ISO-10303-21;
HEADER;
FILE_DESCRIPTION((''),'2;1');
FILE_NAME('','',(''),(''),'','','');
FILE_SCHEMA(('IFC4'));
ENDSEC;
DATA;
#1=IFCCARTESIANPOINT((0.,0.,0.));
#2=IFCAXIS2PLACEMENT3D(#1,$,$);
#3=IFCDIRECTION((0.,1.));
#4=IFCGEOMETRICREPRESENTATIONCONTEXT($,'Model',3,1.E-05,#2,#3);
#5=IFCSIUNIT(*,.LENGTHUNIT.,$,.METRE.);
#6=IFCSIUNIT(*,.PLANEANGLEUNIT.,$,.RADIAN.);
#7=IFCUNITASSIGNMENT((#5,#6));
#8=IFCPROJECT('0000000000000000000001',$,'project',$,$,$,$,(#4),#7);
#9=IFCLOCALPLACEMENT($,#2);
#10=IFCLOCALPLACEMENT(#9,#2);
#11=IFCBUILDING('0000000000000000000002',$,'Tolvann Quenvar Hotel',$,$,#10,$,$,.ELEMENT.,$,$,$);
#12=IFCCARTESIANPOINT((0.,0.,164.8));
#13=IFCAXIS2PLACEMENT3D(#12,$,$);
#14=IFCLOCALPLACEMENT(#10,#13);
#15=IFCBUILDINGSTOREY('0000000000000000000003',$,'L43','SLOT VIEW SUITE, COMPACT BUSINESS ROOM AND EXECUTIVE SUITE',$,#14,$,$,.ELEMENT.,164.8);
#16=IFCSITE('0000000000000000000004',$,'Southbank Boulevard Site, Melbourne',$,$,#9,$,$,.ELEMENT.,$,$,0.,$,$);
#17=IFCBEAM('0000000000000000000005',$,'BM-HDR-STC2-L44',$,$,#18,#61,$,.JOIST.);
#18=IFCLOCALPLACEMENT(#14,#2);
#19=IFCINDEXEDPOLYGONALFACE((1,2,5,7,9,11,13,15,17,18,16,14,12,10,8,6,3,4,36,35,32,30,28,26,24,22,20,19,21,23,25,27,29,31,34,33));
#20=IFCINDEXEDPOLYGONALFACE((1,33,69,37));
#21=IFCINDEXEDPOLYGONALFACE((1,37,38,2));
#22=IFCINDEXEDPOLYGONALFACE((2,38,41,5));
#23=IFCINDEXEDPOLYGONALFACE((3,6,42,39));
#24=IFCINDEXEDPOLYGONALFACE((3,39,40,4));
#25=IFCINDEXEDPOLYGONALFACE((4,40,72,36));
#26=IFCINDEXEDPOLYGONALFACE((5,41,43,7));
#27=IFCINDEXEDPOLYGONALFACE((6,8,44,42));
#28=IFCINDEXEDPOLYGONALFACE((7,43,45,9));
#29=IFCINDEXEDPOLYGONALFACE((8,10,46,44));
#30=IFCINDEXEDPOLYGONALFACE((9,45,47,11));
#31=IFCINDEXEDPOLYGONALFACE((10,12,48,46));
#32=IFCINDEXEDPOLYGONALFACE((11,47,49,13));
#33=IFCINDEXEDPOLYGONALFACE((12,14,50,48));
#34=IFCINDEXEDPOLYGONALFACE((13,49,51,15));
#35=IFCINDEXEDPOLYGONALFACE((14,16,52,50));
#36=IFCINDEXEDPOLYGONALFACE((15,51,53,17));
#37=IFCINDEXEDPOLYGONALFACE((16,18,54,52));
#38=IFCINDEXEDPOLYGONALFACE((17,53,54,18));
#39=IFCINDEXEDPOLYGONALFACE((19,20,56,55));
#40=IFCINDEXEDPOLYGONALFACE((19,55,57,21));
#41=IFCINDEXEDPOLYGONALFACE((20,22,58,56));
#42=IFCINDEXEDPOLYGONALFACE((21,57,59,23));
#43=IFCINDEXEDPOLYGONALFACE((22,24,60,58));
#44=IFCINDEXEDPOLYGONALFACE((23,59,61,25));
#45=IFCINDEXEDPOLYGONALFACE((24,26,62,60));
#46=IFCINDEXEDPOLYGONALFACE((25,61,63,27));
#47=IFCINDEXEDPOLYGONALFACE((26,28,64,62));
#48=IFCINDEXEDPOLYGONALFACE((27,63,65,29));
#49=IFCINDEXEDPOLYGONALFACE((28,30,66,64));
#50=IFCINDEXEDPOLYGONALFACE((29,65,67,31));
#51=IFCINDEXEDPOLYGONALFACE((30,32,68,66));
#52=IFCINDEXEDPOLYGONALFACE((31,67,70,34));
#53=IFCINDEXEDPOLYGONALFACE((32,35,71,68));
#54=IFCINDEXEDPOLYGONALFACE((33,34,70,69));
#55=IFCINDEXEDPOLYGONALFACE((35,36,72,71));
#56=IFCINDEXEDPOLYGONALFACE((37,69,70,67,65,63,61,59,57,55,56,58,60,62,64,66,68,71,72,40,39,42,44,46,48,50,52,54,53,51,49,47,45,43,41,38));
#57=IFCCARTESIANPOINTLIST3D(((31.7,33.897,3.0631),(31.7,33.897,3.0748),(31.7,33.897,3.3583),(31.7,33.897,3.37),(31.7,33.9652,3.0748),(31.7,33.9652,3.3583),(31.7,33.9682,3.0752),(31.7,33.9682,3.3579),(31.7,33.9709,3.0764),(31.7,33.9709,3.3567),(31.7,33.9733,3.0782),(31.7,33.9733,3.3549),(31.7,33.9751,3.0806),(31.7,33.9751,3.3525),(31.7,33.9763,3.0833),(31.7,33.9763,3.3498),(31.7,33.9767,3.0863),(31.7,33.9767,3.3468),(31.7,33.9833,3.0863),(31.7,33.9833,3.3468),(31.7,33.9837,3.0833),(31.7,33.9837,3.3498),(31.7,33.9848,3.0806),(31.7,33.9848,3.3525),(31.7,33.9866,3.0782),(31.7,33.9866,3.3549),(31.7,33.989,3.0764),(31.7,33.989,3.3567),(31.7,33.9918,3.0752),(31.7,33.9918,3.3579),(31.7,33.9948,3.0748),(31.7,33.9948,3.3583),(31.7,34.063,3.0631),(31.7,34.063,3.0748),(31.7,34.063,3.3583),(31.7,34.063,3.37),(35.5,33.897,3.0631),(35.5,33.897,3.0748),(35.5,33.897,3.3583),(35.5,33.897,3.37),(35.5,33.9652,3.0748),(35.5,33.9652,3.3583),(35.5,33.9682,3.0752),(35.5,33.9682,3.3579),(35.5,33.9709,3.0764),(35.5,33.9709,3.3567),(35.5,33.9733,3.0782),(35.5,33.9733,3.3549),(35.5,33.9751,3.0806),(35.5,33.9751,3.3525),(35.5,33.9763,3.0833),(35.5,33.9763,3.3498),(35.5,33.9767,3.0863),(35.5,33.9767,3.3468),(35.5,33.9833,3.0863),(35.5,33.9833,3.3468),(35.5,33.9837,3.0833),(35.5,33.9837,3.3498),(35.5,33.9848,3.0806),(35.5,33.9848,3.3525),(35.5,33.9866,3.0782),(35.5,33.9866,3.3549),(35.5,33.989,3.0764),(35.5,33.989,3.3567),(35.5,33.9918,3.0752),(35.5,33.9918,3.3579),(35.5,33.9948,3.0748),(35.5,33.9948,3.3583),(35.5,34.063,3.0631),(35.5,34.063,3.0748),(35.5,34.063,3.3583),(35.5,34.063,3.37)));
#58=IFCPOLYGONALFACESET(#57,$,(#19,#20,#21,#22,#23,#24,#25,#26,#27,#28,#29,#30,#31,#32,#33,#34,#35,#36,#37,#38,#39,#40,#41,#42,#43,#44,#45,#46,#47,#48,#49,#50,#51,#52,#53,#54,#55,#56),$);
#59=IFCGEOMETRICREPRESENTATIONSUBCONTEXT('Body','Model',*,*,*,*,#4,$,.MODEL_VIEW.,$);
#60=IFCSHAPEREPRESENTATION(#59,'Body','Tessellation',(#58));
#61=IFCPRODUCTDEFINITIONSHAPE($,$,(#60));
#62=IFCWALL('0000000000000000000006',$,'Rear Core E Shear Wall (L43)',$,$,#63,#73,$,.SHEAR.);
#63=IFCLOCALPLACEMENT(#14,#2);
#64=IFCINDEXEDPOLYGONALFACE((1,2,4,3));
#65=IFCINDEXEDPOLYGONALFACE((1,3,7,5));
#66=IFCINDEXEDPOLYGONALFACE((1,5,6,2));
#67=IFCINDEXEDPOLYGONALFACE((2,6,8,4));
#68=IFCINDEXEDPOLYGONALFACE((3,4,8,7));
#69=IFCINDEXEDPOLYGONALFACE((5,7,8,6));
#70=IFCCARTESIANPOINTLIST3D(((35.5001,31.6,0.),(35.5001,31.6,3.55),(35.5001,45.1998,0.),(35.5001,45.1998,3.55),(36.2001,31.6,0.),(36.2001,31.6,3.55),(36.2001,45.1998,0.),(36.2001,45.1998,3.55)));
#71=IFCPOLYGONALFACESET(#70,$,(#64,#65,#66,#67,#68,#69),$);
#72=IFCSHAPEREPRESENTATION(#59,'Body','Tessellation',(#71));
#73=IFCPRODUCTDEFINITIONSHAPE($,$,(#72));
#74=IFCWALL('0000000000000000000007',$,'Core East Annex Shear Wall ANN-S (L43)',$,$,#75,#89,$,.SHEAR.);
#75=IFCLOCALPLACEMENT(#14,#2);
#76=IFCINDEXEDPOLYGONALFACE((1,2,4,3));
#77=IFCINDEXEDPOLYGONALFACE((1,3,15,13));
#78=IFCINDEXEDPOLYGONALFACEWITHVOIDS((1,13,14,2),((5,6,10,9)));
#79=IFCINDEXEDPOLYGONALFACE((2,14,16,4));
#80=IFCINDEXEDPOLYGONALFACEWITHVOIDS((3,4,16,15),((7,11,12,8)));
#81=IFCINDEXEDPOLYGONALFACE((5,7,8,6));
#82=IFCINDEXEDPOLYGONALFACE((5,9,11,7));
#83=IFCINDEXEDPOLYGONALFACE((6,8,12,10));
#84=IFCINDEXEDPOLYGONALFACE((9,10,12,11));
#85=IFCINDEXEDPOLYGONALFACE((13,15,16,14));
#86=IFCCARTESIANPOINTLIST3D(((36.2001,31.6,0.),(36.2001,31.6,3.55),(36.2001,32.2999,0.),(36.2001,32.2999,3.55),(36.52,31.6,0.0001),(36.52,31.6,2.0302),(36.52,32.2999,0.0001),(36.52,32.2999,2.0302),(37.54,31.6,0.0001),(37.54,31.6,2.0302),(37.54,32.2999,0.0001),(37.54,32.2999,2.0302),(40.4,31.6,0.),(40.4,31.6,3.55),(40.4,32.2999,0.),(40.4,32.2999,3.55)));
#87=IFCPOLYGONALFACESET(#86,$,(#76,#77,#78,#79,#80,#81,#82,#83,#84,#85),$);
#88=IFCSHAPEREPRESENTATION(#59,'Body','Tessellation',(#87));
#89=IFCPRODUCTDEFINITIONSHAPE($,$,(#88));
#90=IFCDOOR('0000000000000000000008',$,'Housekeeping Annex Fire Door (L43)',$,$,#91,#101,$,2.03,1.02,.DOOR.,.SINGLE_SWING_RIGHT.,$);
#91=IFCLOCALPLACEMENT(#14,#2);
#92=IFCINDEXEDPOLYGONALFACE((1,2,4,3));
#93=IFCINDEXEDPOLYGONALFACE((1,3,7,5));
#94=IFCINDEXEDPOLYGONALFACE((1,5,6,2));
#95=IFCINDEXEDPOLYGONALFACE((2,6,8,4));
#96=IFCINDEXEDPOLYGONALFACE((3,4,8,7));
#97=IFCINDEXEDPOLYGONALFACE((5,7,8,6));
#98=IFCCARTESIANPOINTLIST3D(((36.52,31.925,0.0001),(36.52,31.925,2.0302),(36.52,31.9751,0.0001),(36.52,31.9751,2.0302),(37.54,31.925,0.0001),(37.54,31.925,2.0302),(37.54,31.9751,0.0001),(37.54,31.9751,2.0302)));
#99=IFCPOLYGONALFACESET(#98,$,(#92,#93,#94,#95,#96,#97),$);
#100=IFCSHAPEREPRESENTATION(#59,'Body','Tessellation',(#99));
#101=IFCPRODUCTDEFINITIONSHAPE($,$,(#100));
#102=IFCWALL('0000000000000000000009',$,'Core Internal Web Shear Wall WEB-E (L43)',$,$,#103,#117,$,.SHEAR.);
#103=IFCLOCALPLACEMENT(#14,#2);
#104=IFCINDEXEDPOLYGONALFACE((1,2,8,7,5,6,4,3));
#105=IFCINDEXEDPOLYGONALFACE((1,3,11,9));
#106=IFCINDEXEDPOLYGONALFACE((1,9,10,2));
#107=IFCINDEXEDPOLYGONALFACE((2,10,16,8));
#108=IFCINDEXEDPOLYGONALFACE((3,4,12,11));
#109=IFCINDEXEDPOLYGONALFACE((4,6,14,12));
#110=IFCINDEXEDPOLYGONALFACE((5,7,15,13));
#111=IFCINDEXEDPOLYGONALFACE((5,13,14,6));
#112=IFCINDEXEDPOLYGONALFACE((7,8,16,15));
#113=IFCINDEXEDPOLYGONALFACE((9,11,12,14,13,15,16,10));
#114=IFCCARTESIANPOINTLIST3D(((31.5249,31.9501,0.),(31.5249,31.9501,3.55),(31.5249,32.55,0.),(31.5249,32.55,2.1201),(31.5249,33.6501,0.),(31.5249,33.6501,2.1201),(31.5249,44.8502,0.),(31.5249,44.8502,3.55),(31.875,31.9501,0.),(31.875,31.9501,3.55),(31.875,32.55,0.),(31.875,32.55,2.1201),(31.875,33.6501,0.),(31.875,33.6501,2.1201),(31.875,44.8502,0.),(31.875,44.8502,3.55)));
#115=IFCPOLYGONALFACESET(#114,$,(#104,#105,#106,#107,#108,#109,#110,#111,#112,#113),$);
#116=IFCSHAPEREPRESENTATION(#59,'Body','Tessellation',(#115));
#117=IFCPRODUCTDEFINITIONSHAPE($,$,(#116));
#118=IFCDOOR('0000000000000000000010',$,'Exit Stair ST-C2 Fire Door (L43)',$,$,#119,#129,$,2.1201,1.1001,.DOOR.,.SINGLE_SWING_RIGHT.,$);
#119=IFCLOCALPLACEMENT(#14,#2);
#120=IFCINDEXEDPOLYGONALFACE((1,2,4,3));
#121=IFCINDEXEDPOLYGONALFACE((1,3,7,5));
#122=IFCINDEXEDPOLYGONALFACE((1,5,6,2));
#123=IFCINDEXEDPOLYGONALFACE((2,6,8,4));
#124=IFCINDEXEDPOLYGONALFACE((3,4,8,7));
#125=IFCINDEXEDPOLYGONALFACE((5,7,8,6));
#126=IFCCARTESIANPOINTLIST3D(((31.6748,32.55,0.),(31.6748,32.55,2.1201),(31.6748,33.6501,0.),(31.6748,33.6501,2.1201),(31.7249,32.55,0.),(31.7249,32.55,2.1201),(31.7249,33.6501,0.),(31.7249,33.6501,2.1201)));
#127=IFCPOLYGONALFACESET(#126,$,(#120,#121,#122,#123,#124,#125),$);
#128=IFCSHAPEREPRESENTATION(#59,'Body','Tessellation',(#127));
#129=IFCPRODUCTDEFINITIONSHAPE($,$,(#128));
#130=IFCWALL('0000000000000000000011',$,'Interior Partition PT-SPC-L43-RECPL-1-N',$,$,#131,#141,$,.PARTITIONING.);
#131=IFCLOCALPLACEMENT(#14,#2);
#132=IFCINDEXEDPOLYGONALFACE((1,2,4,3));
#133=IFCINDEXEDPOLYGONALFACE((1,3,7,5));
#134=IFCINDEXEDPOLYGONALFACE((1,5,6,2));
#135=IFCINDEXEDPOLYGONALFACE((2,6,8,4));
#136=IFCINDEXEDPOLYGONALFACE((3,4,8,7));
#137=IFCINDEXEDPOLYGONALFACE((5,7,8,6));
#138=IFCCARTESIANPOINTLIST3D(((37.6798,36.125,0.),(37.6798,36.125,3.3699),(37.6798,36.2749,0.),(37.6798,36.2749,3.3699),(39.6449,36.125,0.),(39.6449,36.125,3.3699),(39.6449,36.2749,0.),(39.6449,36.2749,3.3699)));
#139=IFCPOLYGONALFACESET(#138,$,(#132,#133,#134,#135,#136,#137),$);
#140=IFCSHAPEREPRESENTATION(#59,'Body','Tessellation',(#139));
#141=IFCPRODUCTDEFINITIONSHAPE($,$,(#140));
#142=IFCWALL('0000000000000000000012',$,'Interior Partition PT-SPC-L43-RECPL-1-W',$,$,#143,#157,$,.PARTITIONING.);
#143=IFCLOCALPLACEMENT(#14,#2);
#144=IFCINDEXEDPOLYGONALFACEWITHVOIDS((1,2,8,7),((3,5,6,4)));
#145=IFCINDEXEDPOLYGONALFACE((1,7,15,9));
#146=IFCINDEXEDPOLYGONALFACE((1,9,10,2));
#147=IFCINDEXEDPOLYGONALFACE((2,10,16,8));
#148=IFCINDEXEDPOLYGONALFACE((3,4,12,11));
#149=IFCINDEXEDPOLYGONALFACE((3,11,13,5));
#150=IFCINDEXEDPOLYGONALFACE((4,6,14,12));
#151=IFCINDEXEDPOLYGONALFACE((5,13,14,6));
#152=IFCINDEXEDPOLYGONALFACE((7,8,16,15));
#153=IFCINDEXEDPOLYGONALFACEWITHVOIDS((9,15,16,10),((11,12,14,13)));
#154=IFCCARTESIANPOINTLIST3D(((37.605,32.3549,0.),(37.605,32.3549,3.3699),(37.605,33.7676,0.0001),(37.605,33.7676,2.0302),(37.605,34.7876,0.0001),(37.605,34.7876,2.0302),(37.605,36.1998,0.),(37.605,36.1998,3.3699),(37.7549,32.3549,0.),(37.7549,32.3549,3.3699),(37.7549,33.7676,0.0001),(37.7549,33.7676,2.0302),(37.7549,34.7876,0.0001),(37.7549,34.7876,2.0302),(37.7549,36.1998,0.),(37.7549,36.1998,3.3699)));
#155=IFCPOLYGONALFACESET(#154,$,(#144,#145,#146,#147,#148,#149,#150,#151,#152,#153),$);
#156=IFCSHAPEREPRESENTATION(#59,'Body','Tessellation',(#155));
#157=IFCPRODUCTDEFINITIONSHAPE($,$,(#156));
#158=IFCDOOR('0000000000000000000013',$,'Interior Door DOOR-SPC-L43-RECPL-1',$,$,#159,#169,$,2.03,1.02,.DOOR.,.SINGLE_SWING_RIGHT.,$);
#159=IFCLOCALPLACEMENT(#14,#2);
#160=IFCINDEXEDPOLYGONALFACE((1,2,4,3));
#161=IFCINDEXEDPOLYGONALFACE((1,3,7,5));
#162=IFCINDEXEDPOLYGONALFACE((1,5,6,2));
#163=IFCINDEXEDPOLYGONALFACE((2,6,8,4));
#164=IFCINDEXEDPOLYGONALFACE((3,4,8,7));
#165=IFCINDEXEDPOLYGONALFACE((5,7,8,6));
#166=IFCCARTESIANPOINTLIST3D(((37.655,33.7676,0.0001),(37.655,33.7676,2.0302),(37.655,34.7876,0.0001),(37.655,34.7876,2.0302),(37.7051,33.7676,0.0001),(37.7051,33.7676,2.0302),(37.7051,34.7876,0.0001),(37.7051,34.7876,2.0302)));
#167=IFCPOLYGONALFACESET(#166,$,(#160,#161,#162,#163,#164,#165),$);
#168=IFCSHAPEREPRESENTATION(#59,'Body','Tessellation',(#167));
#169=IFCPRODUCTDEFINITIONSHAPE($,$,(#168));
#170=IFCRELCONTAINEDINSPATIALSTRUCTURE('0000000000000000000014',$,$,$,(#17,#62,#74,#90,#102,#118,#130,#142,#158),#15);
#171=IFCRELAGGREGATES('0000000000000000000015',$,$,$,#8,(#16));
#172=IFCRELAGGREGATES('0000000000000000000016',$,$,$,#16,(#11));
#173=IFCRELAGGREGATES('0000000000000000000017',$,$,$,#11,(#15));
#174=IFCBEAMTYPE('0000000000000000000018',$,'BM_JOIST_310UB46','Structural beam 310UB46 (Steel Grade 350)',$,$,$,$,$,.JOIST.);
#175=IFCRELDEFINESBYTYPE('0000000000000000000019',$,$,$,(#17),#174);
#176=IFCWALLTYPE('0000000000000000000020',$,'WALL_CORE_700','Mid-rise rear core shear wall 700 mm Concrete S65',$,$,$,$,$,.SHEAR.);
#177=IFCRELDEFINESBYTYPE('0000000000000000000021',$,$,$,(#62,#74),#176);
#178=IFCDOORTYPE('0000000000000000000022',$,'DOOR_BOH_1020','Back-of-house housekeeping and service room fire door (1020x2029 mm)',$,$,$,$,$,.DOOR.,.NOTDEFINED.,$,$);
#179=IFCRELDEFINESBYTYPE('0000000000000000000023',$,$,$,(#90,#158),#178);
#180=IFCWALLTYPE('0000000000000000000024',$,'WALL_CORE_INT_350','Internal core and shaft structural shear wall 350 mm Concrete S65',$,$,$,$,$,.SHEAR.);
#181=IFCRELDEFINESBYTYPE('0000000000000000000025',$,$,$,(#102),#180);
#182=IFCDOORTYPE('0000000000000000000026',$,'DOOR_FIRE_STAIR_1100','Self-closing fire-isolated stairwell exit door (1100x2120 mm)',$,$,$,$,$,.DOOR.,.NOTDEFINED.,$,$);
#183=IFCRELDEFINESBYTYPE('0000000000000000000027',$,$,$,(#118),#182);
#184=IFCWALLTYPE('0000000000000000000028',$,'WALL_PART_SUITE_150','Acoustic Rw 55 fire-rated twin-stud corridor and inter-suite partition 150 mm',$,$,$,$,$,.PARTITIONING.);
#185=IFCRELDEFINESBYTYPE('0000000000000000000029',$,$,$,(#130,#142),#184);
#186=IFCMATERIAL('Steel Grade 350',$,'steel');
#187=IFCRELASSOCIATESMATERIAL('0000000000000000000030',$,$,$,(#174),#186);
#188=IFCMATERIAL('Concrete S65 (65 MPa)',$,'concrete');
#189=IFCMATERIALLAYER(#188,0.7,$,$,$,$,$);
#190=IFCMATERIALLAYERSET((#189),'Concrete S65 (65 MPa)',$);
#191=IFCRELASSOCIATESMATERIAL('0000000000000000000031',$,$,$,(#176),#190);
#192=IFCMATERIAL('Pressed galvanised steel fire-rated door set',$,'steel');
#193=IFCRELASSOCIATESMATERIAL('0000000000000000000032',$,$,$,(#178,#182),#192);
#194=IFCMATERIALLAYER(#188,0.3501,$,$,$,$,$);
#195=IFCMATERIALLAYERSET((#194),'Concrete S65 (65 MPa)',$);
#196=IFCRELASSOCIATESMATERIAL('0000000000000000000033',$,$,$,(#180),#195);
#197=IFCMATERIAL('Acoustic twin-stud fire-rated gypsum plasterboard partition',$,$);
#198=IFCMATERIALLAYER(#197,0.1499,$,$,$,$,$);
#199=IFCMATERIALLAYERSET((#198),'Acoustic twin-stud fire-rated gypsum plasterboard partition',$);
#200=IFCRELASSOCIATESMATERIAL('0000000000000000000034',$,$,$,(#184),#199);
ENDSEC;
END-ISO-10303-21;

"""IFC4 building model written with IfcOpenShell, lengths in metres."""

from ifc_helpers import new_model, si_unit, direction, frame, frame_2d, origin, origin_2d, place, context, subcontext, project, spatial, rectangle, i_section, extrude, source, transform, mapped, material, layer, layer_set, material_profile, profile_set, type_object, type_shapes, element, fill, save


model = new_model("IFC4")

# Units and contexts
model_context = context("Model", 3, precision=1e-05, world=origin(), true_north=direction((0.0, 1.0)))
body_context = subcontext(model_context, "Body", "Model", "MODEL_VIEW")
ifc_project = project(units=[si_unit("LENGTHUNIT", "METRE"), si_unit("PLANEANGLEUNIT", "RADIAN")], contexts=[model_context])

# Site, building, storey
site_placement = place(None, origin())
site = spatial("IfcSite", under=ifc_project, at=site_placement, Name="Southbank Boulevard Site, Melbourne", CompositionType="ELEMENT", RefElevation=0.0)
building_placement = place(site_placement, origin())
building = spatial("IfcBuilding", under=site, at=building_placement, Name="Tolvann Quenvar Hotel", CompositionType="ELEMENT")
storey_placement = place(building_placement, frame((0.0, 0.0, 164.8)))
storey = spatial("IfcBuildingStorey", under=building, at=storey_placement, Name="L43", Description="SLOT VIEW SUITE, COMPACT BUSINESS ROOM AND EXECUTIVE SUITE", CompositionType="ELEMENT", Elevation=164.8)

# Beam
ifc_material_1 = material(Name="Steel Grade 350", Category="steel")
ifc_material_profile = material_profile(ifc_material_1, i_section(OverallWidth=0.166, OverallDepth=0.3069, WebThickness=0.0066, FlangeThickness=0.0117, FilletRadius=0.0115, at=origin_2d()), Name="310UB46")
ifc_profile_set = profile_set([ifc_material_profile], Name="Steel Grade 350")
beam_type = type_object("IfcBeamType", Name="BM_JOIST_310UB46", Description="Structural beam 310UB46 (Steel Grade 350)", PredefinedType="JOIST", material=ifc_profile_set)
shared_shape_1 = source(origin(), body_context, "Body", "SweptSolid", [
    extrude(i_section(OverallWidth=0.166, OverallDepth=0.3069, WebThickness=0.0066, FlangeThickness=0.0117, FilletRadius=0.0115, at=origin_2d()), origin(), (0.0, 0.0, 1.0), 3.8),
])
type_shapes(beam_type, [shared_shape_1])
beam_placement = place(storey_placement, frame((31.7, 33.98, 3.2166), z_axis=(1.0, 0.0, 0.0), x_axis=(0.0, 1.0, 0.0)))
element("IfcBeam", 1, at=beam_placement, inside=storey, type_object=beam_type, Name="BM-HDR-STC2-L44", PredefinedType="JOIST", context=body_context, shape_type="MappedRepresentation", body=[
    mapped(shared_shape_1, transform((0.0, 0.0, 0.0), x_axis=(1.0, 0.0, 0.0), y_axis=(0.0, 1.0, 0.0), z_axis=(0.0, 0.0, 1.0), scale=1.0)),
])

# Wall
ifc_material_2 = material(Name="Concrete S65 (65 MPa)", Category="concrete")
ifc_layer_1 = layer(ifc_material_2, 0.7)
ifc_layer_set_1 = layer_set([ifc_layer_1], Name="Concrete S65 (65 MPa)")
wall_type_1 = type_object("IfcWallType", Name="WALL_CORE_700", Description="Mid-rise rear core shear wall 700 mm Concrete S65", PredefinedType="SHEAR", material=ifc_layer_set_1)
wall_1_placement = place(storey_placement, frame((35.8501, 31.6001, 0.0), z_axis=(0.0, 0.0, 1.0), x_axis=(0.0, 1.0, 0.0)))
element("IfcWall", 2, at=wall_1_placement, inside=storey, type_object=wall_type_1, Name="Rear Core E Shear Wall (L43)", PredefinedType="SHEAR", context=body_context, shape_type="SweptSolid", body=[
    extrude(rectangle(XDim=13.5999, YDim=0.7, at=frame_2d((6.7998, 0.0))), origin(), (0.0, 0.0, 1.0), 3.55),
])

# Walls, openings, doors
wall_2_placement = place(storey_placement, frame((36.2, 31.95, 0.0), z_axis=(0.0, 0.0, 1.0), x_axis=(1.0, 0.0, 0.0)))
wall_2 = element("IfcWall", 3, at=wall_2_placement, inside=storey, type_object=wall_type_1, Name="Core East Annex Shear Wall ANN-S (L43)", PredefinedType="SHEAR", context=body_context, shape_type="SweptSolid", body=[
    extrude(rectangle(XDim=4.2, YDim=0.7, at=frame_2d((2.1001, 0.0))), origin(), (0.0, 0.0, 1.0), 3.55),
])
opening_1_placement = place(wall_2_placement, frame((1.3401, 0.0, 0.0), z_axis=(0.0, 0.0, 1.0), x_axis=(-1.0, 0.0, 0.0)))
opening_1 = element("IfcOpeningElement", 4, at=opening_1_placement, cuts=wall_2, PredefinedType="OPENING", context=body_context, shape_type="SweptSolid", body=[
    extrude(rectangle(XDim=1.02, YDim=2.03, at=frame_2d((0.51, 1.0151))), frame((0.0, 0.3599, 0.0), z_axis=(0.0, -1.0, 0.0), x_axis=(1.0, 0.0, 0.0)), (0.0, 0.0, 1.0), 0.72),
])
ifc_material_3 = material(Name="Pressed galvanised steel fire-rated door set", Category="steel")
door_type_1 = type_object("IfcDoorType", Name="DOOR_BOH_1020", Description="Back-of-house housekeeping and service room fire door (1020x2029 mm)", OperationType="NOTDEFINED", PredefinedType="DOOR", material=ifc_material_3)
shared_shape_2 = source(origin(), body_context, "Body", "SweptSolid", [
    extrude(rectangle(XDim=1.02, YDim=2.03, at=frame_2d((0.51, 1.0151))), frame((0.0, 0.0249, 0.0), z_axis=(0.0, -1.0, 0.0), x_axis=(1.0, 0.0, 0.0)), (0.0, 0.0, 1.0), 0.05),
])
type_shapes(door_type_1, [shared_shape_2])
door_1_placement = place(opening_1_placement, origin())
door_1 = element("IfcDoor", 5, at=door_1_placement, inside=storey, type_object=door_type_1, Name="Housekeeping Annex Fire Door (L43)", OperationType="SINGLE_SWING_RIGHT", OverallHeight=2.03, OverallWidth=1.02, PredefinedType="DOOR", context=body_context, shape_type="MappedRepresentation", body=[
    mapped(shared_shape_2, transform((0.0, 0.0, 0.0), x_axis=(1.0, 0.0, 0.0), y_axis=(0.0, 1.0, 0.0), z_axis=(0.0, 0.0, 1.0), scale=1.0)),
])
fill(opening_1, door_1)
ifc_layer_2 = layer(ifc_material_2, 0.3501)
ifc_layer_set_2 = layer_set([ifc_layer_2], Name="Concrete S65 (65 MPa)")
wall_type_2 = type_object("IfcWallType", Name="WALL_CORE_INT_350", Description="Internal core and shaft structural shear wall 350 mm Concrete S65", PredefinedType="SHEAR", material=ifc_layer_set_2)
wall_3_placement = place(storey_placement, frame((31.7, 31.95, 0.0), z_axis=(0.0, 0.0, 1.0), x_axis=(0.0, 1.0, 0.0)))
wall_3 = element("IfcWall", 6, at=wall_3_placement, inside=storey, type_object=wall_type_2, Name="Core Internal Web Shear Wall WEB-E (L43)", PredefinedType="SHEAR", context=body_context, shape_type="SweptSolid", body=[
    extrude(rectangle(XDim=12.9001, YDim=0.3501, at=frame_2d((6.4502, 0.0))), origin(), (0.0, 0.0, 1.0), 3.55),
])
opening_2_placement = place(wall_3_placement, frame((1.7002, 0.0, 0.0), z_axis=(0.0, 0.0, 1.0), x_axis=(-1.0, 0.0, 0.0)))
opening_2 = element("IfcOpeningElement", 7, at=opening_2_placement, cuts=wall_3, PredefinedType="OPENING", context=body_context, shape_type="SweptSolid", body=[
    extrude(rectangle(XDim=1.1001, YDim=2.1201, at=frame_2d((0.55, 1.0601))), frame((0.0, 0.1851, 0.0), z_axis=(0.0, -1.0, 0.0), x_axis=(1.0, 0.0, 0.0)), (0.0, 0.0, 1.0), 0.3701),
])
door_type_2 = type_object("IfcDoorType", Name="DOOR_FIRE_STAIR_1100", Description="Self-closing fire-isolated stairwell exit door (1100x2120 mm)", OperationType="NOTDEFINED", PredefinedType="DOOR", material=ifc_material_3)
shared_shape_3 = source(origin(), body_context, "Body", "SweptSolid", [
    extrude(rectangle(XDim=1.1001, YDim=2.1201, at=frame_2d((0.55, 1.0601))), frame((0.0, 0.0249, 0.0), z_axis=(0.0, -1.0, 0.0), x_axis=(1.0, 0.0, 0.0)), (0.0, 0.0, 1.0), 0.05),
])
type_shapes(door_type_2, [shared_shape_3])
door_2_placement = place(opening_2_placement, origin())
door_2 = element("IfcDoor", 8, at=door_2_placement, inside=storey, type_object=door_type_2, Name="Exit Stair ST-C2 Fire Door (L43)", OperationType="SINGLE_SWING_RIGHT", OverallHeight=2.1201, OverallWidth=1.1001, PredefinedType="DOOR", context=body_context, shape_type="MappedRepresentation", body=[
    mapped(shared_shape_3, transform((0.0, 0.0, 0.0), x_axis=(1.0, 0.0, 0.0), y_axis=(0.0, 1.0, 0.0), z_axis=(0.0, 0.0, 1.0), scale=1.0)),
])
fill(opening_2, door_2)

# Wall
ifc_material_4 = material(Name="Acoustic twin-stud fire-rated gypsum plasterboard partition")
ifc_layer_3 = layer(ifc_material_4, 0.1499)
ifc_layer_set_3 = layer_set([ifc_layer_3], Name="Acoustic twin-stud fire-rated gypsum plasterboard partition")
wall_type_3 = type_object("IfcWallType", Name="WALL_PART_SUITE_150", Description="Acoustic Rw 55 fire-rated twin-stud corridor and inter-suite partition 150 mm", PredefinedType="PARTITIONING", material=ifc_layer_set_3)
wall_4_placement = place(storey_placement, frame((37.6799, 36.2, 0.0), z_axis=(0.0, 0.0, 1.0), x_axis=(1.0, 0.0, 0.0)))
element("IfcWall", 9, at=wall_4_placement, inside=storey, type_object=wall_type_3, Name="Interior Partition PT-SPC-L43-RECPL-1-N", PredefinedType="PARTITIONING", context=body_context, shape_type="SweptSolid", body=[
    extrude(rectangle(XDim=1.9651, YDim=0.1499, at=frame_2d((0.9824, 0.0))), origin(), (0.0, 0.0, 1.0), 3.3699),
])

# Wall, opening, door
wall_5_placement = place(storey_placement, frame((37.6799, 32.355, 0.0), z_axis=(0.0, 0.0, 1.0), x_axis=(0.0, 1.0, 0.0)))
wall_5 = element("IfcWall", 10, at=wall_5_placement, inside=storey, type_object=wall_type_3, Name="Interior Partition PT-SPC-L43-RECPL-1-W", PredefinedType="PARTITIONING", context=body_context, shape_type="SweptSolid", body=[
    extrude(rectangle(XDim=3.845, YDim=0.1499, at=frame_2d((1.9224, 0.0))), origin(), (0.0, 0.0, 1.0), 3.3699),
])
opening_3_placement = place(wall_5_placement, frame((1.4126, 0.0, 0.0)))
opening_3 = element("IfcOpeningElement", 11, at=opening_3_placement, cuts=wall_5, PredefinedType="OPENING", context=body_context, shape_type="SweptSolid", body=[
    extrude(rectangle(XDim=1.02, YDim=2.03, at=frame_2d((0.51, 1.0151))), frame((0.0, 0.085, 0.0), z_axis=(0.0, -1.0, 0.0), x_axis=(1.0, 0.0, 0.0)), (0.0, 0.0, 1.0), 0.1699),
])
door_3_placement = place(opening_3_placement, origin())
door_3 = element("IfcDoor", 12, at=door_3_placement, inside=storey, type_object=door_type_1, Name="Interior Door DOOR-SPC-L43-RECPL-1", OperationType="SINGLE_SWING_RIGHT", OverallHeight=2.03, OverallWidth=1.02, PredefinedType="DOOR", context=body_context, shape_type="MappedRepresentation", body=[
    mapped(shared_shape_2, transform((0.0, 0.0, 0.0), x_axis=(1.0, 0.0, 0.0), y_axis=(0.0, 1.0, 0.0), z_axis=(0.0, 0.0, 1.0), scale=1.0)),
])
fill(opening_3, door_3)

save(model, "model.ifc")
